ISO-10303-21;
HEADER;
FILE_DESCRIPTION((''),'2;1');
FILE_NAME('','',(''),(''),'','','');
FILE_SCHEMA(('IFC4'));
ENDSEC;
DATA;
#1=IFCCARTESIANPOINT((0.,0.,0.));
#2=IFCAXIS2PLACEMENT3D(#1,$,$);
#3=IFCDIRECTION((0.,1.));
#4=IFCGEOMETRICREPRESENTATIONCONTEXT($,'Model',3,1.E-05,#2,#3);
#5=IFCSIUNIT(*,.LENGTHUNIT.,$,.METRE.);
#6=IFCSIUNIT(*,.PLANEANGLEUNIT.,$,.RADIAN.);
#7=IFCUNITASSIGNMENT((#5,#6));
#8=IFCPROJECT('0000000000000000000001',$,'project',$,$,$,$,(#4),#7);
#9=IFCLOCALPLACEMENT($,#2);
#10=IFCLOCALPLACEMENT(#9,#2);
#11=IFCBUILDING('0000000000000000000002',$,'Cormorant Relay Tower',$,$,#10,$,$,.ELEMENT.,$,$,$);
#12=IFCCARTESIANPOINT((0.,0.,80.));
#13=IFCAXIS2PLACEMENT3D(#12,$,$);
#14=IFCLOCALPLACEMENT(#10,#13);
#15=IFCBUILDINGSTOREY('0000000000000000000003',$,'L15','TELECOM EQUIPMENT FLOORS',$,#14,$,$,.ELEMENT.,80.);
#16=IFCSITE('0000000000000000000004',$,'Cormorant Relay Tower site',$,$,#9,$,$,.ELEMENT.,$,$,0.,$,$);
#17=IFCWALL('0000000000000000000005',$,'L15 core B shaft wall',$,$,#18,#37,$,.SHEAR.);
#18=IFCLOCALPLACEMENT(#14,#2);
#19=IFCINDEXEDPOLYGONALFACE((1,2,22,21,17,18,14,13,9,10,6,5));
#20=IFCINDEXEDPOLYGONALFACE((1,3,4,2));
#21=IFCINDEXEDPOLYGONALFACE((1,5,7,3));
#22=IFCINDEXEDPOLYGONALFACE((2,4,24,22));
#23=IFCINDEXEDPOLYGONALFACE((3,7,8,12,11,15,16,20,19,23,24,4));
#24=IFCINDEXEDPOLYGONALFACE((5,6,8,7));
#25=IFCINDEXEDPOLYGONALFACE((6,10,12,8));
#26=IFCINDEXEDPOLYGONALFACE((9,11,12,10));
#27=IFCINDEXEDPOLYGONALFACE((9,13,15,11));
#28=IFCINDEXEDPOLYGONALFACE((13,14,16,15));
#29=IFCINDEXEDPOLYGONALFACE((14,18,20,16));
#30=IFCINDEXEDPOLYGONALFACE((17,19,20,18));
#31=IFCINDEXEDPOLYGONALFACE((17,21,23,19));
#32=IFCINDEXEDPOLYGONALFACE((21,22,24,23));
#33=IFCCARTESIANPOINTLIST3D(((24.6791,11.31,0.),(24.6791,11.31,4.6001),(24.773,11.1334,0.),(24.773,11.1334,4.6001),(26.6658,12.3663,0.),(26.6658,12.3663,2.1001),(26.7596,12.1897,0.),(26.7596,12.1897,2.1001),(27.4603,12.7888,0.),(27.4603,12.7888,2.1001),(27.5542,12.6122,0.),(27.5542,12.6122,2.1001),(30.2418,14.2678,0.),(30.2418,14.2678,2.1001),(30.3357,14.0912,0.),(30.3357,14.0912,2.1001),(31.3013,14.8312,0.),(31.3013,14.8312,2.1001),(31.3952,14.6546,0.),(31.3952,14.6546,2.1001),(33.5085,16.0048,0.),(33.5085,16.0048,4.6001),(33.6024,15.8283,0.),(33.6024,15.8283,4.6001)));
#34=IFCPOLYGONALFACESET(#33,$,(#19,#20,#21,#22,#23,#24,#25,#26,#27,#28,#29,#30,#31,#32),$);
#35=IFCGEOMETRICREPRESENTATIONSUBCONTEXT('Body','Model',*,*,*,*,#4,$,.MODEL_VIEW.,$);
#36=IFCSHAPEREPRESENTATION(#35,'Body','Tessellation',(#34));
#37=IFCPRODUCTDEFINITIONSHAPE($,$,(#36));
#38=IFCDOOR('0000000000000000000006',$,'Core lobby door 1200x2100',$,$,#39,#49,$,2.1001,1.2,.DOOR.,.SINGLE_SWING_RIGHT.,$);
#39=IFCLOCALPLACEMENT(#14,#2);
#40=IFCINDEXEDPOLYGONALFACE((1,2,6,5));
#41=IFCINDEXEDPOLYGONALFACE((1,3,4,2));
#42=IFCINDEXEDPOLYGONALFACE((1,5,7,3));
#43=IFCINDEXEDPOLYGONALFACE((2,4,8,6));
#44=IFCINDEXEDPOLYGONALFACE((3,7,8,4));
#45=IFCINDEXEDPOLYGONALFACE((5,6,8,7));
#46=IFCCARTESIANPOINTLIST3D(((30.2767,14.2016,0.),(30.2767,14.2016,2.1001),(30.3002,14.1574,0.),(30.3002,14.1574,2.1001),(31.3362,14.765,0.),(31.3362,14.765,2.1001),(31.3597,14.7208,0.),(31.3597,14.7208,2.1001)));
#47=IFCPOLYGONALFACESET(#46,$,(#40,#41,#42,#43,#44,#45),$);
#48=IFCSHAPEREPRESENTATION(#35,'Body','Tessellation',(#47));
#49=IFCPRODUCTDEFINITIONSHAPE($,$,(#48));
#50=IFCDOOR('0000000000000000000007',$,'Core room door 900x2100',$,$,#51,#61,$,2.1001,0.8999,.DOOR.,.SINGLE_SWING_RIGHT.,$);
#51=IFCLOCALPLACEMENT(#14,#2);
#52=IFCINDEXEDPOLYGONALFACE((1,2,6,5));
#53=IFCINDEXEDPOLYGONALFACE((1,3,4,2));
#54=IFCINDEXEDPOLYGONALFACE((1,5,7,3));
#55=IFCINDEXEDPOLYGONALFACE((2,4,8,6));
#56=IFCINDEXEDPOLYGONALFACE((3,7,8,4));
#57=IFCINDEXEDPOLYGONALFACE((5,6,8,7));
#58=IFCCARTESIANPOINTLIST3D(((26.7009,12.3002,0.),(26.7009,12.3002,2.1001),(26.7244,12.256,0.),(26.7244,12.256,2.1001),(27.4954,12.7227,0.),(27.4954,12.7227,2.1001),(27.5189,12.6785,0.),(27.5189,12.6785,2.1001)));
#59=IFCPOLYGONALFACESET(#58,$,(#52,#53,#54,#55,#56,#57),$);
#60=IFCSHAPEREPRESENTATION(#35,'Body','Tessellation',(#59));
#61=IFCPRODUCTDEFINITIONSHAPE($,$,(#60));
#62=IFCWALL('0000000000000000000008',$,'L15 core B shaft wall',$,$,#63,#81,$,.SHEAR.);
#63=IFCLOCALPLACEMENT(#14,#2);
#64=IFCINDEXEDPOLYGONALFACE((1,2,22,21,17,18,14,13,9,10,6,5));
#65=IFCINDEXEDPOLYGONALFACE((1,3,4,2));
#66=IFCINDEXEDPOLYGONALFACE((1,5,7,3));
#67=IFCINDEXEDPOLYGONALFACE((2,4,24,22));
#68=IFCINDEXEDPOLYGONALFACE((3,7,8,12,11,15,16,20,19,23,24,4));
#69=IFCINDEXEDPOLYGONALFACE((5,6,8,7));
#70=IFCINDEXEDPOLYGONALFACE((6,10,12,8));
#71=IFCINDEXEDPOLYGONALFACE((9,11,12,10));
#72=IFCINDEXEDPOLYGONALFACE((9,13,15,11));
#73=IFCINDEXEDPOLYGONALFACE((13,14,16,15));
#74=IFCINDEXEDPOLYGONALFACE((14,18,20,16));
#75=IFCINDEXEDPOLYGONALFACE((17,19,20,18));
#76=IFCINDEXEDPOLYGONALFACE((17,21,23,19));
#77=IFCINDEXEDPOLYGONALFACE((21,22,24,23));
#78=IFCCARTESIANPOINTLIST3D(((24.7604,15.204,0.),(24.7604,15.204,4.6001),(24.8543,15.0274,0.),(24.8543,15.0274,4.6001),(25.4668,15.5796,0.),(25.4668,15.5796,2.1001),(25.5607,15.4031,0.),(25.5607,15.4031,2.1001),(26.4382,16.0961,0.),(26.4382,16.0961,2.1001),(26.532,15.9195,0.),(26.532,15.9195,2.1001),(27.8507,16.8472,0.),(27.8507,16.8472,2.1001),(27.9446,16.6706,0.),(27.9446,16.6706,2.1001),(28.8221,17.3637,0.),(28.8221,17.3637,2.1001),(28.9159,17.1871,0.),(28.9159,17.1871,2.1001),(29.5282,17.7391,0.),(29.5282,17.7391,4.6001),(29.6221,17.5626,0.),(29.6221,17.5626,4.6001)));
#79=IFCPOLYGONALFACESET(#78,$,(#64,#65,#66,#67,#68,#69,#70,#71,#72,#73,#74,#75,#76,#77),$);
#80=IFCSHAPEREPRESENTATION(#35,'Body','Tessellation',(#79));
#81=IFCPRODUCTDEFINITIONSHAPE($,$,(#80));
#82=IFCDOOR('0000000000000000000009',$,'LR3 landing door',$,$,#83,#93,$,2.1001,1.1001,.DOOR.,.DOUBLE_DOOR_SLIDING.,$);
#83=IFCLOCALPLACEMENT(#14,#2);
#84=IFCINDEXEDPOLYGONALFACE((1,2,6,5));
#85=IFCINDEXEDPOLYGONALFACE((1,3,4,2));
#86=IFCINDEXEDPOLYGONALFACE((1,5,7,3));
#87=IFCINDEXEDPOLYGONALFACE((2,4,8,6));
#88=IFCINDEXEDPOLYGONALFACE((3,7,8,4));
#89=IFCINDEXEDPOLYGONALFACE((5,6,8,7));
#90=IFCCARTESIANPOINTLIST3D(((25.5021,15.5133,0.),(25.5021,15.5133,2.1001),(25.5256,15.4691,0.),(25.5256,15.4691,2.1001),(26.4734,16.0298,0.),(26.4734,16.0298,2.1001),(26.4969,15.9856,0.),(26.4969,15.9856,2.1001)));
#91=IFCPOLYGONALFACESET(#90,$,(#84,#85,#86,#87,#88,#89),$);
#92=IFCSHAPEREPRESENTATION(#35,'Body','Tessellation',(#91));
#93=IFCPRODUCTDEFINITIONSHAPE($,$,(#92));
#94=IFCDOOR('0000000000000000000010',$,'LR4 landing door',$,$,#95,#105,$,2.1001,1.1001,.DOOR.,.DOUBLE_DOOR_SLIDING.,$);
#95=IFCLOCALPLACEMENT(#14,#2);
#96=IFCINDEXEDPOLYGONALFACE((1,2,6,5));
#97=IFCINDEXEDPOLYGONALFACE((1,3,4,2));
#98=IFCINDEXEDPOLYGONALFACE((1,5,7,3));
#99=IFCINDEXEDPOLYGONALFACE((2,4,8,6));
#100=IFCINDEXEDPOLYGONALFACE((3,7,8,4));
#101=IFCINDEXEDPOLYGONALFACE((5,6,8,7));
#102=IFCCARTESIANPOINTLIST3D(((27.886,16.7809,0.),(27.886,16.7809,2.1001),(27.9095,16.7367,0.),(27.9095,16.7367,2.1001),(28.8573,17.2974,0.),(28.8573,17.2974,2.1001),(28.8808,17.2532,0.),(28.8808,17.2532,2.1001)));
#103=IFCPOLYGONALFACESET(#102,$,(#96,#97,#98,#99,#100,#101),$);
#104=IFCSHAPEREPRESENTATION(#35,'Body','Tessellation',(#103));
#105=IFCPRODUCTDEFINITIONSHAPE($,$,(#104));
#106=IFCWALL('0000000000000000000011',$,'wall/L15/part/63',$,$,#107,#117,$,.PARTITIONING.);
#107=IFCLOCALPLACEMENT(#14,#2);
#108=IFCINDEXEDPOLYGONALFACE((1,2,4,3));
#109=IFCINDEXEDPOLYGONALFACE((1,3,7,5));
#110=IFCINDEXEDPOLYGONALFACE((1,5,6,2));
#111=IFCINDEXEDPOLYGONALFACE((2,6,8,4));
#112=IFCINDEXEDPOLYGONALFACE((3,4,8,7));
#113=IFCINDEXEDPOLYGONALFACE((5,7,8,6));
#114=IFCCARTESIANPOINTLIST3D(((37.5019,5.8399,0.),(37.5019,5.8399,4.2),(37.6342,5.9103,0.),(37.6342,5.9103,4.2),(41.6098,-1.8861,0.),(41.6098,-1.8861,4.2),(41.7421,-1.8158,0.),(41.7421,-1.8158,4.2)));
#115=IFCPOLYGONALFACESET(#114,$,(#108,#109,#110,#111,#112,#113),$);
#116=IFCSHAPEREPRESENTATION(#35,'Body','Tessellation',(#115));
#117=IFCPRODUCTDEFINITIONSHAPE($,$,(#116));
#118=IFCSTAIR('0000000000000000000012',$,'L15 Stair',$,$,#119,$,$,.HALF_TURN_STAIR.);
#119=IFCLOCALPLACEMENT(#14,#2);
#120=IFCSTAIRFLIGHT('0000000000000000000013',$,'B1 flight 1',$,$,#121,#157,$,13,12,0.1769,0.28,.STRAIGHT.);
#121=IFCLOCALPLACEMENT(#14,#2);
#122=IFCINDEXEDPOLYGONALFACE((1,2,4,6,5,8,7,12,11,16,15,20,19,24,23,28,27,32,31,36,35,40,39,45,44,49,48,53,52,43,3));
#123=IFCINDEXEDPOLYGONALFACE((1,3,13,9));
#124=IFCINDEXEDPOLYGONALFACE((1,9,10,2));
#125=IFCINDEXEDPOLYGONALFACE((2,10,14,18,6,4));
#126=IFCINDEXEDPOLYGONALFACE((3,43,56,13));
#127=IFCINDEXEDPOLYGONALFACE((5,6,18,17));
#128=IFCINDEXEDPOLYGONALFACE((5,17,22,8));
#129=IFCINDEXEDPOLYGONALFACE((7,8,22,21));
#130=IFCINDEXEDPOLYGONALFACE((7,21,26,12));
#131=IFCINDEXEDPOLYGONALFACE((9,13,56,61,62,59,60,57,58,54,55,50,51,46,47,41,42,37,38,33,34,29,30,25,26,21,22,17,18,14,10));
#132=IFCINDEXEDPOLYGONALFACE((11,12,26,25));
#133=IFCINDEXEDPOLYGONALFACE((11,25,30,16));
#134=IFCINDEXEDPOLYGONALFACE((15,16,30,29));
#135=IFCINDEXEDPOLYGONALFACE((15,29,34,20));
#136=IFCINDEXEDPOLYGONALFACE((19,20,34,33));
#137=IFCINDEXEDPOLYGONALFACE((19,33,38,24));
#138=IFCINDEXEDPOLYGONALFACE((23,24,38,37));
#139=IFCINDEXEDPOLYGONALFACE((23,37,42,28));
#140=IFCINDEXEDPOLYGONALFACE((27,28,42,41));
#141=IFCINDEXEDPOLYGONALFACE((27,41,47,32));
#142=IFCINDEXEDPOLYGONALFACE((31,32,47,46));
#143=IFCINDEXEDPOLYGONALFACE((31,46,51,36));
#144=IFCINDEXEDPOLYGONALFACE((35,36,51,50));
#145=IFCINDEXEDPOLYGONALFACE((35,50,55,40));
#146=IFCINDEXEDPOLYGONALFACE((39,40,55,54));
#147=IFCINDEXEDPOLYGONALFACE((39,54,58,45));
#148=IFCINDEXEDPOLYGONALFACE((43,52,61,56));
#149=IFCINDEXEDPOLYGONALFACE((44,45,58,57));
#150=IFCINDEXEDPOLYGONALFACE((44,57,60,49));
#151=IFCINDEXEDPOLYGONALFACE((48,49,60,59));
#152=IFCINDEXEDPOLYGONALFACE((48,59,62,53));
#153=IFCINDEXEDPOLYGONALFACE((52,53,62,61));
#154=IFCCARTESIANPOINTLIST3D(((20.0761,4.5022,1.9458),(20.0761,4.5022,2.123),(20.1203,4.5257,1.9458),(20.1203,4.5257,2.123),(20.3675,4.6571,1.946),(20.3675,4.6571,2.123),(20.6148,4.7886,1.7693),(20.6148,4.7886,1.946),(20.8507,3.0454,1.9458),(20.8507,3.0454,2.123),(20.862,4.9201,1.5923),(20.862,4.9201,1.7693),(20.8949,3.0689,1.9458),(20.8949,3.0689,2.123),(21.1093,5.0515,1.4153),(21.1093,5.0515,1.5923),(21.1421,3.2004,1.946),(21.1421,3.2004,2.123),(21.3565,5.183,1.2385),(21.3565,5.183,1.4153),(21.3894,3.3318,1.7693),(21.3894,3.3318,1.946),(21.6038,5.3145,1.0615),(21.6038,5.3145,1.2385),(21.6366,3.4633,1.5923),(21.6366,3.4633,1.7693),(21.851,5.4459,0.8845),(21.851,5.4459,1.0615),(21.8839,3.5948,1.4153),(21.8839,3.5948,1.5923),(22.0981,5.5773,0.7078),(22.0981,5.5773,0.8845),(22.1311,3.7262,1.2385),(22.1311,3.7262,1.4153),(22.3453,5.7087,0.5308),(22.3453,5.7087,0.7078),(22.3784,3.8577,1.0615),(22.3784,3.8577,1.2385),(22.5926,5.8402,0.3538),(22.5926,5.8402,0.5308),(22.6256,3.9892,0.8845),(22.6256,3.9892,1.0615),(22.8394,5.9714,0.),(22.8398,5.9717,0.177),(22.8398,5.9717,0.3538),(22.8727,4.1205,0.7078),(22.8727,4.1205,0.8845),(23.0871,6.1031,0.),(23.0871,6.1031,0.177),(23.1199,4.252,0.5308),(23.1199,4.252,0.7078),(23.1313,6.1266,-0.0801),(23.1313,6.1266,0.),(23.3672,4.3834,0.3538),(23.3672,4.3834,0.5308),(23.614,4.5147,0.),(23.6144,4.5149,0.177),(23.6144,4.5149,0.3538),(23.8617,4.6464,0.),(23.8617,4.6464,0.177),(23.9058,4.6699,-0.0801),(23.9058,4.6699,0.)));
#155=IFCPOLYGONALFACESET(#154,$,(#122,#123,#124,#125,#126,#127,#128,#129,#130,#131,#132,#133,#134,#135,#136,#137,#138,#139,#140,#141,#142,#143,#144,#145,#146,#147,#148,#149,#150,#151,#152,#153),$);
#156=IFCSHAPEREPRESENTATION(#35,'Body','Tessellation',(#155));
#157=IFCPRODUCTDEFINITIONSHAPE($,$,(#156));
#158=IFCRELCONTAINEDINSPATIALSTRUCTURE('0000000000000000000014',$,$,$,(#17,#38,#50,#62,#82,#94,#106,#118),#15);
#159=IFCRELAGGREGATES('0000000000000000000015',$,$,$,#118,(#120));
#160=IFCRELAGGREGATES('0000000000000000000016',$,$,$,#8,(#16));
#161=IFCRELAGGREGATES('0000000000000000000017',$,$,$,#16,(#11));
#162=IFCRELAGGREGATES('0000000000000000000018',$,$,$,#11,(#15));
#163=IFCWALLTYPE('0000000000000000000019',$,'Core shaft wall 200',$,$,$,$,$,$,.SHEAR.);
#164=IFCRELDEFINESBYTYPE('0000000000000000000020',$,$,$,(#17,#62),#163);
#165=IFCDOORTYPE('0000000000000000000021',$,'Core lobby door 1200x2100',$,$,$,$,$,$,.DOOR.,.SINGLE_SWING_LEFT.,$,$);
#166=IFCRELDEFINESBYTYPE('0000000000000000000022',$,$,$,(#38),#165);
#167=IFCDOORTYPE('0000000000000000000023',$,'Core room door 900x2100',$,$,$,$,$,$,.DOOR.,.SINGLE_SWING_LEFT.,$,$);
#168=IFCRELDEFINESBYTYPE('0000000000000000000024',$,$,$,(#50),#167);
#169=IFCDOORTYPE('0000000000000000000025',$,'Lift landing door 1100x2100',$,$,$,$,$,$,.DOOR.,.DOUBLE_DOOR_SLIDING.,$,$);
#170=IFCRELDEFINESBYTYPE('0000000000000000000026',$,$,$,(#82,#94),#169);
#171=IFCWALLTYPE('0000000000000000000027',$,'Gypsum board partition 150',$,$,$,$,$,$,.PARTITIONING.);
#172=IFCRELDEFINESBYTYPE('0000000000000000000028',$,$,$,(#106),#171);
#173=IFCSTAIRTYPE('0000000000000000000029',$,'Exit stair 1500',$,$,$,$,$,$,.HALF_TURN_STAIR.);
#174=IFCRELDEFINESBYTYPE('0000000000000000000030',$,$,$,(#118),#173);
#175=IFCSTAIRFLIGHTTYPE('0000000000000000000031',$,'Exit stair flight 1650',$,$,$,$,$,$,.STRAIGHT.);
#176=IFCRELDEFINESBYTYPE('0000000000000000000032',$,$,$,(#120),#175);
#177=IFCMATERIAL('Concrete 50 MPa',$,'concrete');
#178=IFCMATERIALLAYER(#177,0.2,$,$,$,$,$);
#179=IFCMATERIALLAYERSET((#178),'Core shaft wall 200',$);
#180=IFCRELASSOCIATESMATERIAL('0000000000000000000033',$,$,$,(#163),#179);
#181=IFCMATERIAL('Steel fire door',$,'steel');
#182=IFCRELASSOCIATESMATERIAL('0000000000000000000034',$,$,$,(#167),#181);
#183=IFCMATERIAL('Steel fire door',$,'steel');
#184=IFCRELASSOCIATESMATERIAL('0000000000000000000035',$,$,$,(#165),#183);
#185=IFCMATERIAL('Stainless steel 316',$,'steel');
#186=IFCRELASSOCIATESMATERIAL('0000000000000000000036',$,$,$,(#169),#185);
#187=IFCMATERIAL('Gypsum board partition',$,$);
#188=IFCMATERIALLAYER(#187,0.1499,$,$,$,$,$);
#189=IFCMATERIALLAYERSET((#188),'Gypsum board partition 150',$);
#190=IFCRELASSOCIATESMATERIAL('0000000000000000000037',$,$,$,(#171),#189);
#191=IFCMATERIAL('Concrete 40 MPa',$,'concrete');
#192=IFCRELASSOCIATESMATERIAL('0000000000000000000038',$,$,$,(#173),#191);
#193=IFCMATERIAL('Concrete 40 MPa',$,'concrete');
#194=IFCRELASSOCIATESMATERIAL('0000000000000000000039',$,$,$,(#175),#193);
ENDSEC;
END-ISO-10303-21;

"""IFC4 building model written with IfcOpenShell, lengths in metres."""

from ifc_helpers import new_model, si_unit, direction, frame, frame_2d, origin, place, context, subcontext, project, spatial, polyline, rectangle, outline, extrude, material, layer, layer_set, type_object, element, fill, aggregate, save


model = new_model("IFC4")

# Units and contexts
model_context = context("Model", 3, precision=1e-05, world=origin(), true_north=direction((0.0, 1.0)))
body_context = subcontext(model_context, "Body", "Model", "MODEL_VIEW")
ifc_project = project(units=[si_unit("LENGTHUNIT", "METRE"), si_unit("PLANEANGLEUNIT", "RADIAN")], contexts=[model_context])

# Site, building, storey
site_placement = place(None, origin())
site = spatial("IfcSite", under=ifc_project, at=site_placement, Name="Cormorant Relay Tower site", CompositionType="ELEMENT", RefElevation=0.0)
building_placement = place(site_placement, origin())
building = spatial("IfcBuilding", under=site, at=building_placement, Name="Cormorant Relay Tower", CompositionType="ELEMENT")
storey_placement = place(building_placement, frame((0.0, 0.0, 80.0)))
storey = spatial("IfcBuildingStorey", under=building, at=storey_placement, Name="L15", Description="TELECOM EQUIPMENT FLOORS", CompositionType="ELEMENT", Elevation=80.0)

# Shared definitions
ifc_material_1 = material(Name="Concrete 50 MPa", Category="concrete")
ifc_layer_1 = layer(ifc_material_1, 0.2)
ifc_layer_set_1 = layer_set([ifc_layer_1], Name="Core shaft wall 200")
wall_type_1 = type_object("IfcWallType", Name="Core shaft wall 200", PredefinedType="SHEAR", material=ifc_layer_set_1)
ifc_material_2 = material(Name="Steel fire door", Category="steel")
door_type_1 = type_object("IfcDoorType", Name="Core room door 900x2100", OperationType="SINGLE_SWING_LEFT", PredefinedType="DOOR", material=ifc_material_2)

# Walls, openings, doors
wall_1_placement = place(storey_placement, frame((24.7261, 11.2217, 0.0), z_axis=(0.0, 0.0, 1.0), x_axis=(0.88294, 0.469485, 0.0)))
wall_1 = element("IfcWall", 1, at=wall_1_placement, inside=storey, type_object=wall_type_1, Name="L15 core B shaft wall", PredefinedType="SHEAR", context=body_context, shape_type="SweptSolid", body=[
    extrude(rectangle(XDim=10.0, YDim=0.2, at=frame_2d((5.0, 0.0))), origin(), (0.0, 0.0, 1.0), 4.6001),
])
opening_1_placement = place(wall_1_placement, frame((6.3, 0.0, 0.0)))
opening_1 = element("IfcOpeningElement", 2, at=opening_1_placement, cuts=wall_1, PredefinedType="OPENING", context=body_context, shape_type="SweptSolid", body=[
    extrude(rectangle(XDim=1.2, YDim=2.1001, at=frame_2d((0.6001, 1.05))), frame((0.0, 0.1099, 0.0), z_axis=(0.0, -1.0, 0.0), x_axis=(1.0, 0.0, 0.0)), (0.0, 0.0, 1.0), 0.22),
])
opening_2_placement = place(wall_1_placement, frame((2.25, 0.0, 0.0)))
opening_2 = element("IfcOpeningElement", 3, at=opening_2_placement, cuts=wall_1, PredefinedType="OPENING", context=body_context, shape_type="SweptSolid", body=[
    extrude(rectangle(XDim=0.8999, YDim=2.1001, at=frame_2d((0.45, 1.05))), frame((0.0, 0.1099, 0.0), z_axis=(0.0, -1.0, 0.0), x_axis=(1.0, 0.0, 0.0)), (0.0, 0.0, 1.0), 0.22),
])
ifc_material_3 = material(Name="Steel fire door", Category="steel")
door_type_2 = type_object("IfcDoorType", Name="Core lobby door 1200x2100", OperationType="SINGLE_SWING_LEFT", PredefinedType="DOOR", material=ifc_material_3)
door_1_placement = place(opening_1_placement, frame((1.2, 0.0, 0.0), z_axis=(0.0, 0.0, 1.0), x_axis=(-1.0, 0.0, 0.0)))
door_1 = element("IfcDoor", 4, at=door_1_placement, inside=storey, type_object=door_type_2, Name="Core lobby door 1200x2100", OperationType="SINGLE_SWING_RIGHT", OverallHeight=2.1001, OverallWidth=1.2, PredefinedType="DOOR", context=body_context, shape_type="SweptSolid", body=[
    extrude(rectangle(XDim=1.2, YDim=2.1001, at=frame_2d((0.6001, 1.05))), frame((0.0, 0.0249, 0.0), z_axis=(0.0, -1.0, 0.0), x_axis=(1.0, 0.0, 0.0)), (0.0, 0.0, 1.0), 0.05),
])
fill(opening_1, door_1)
door_2_placement = place(opening_2_placement, frame((0.8999, 0.0, 0.0), z_axis=(0.0, 0.0, 1.0), x_axis=(-1.0, 0.0, 0.0)))
door_2 = element("IfcDoor", 5, at=door_2_placement, inside=storey, type_object=door_type_1, Name="Core room door 900x2100", OperationType="SINGLE_SWING_RIGHT", OverallHeight=2.1001, OverallWidth=0.8999, PredefinedType="DOOR", context=body_context, shape_type="SweptSolid", body=[
    extrude(rectangle(XDim=0.8999, YDim=2.1001, at=frame_2d((0.45, 1.05))), frame((0.0, 0.0249, 0.0), z_axis=(0.0, -1.0, 0.0), x_axis=(1.0, 0.0, 0.0)), (0.0, 0.0, 1.0), 0.05),
])
fill(opening_2, door_2)
wall_2_placement = place(storey_placement, frame((24.8074, 15.1157, 0.0), z_axis=(0.0, 0.0, 1.0), x_axis=(0.882943, 0.46948, 0.0)))
wall_2 = element("IfcWall", 6, at=wall_2_placement, inside=storey, type_object=wall_type_1, Name="L15 core B shaft wall", PredefinedType="SHEAR", context=body_context, shape_type="SweptSolid", body=[
    extrude(rectangle(XDim=5.3999, YDim=0.2, at=frame_2d((2.7, 0.0))), origin(), (0.0, 0.0, 1.0), 4.6001),
])
opening_3_placement = place(wall_2_placement, frame((0.8, 0.0, 0.0)))
opening_3 = element("IfcOpeningElement", 7, at=opening_3_placement, cuts=wall_2, PredefinedType="OPENING", context=body_context, shape_type="SweptSolid", body=[
    extrude(rectangle(XDim=1.1001, YDim=2.1001, at=frame_2d((0.55, 1.05))), frame((0.0, 0.1099, 0.0), z_axis=(0.0, -1.0, 0.0), x_axis=(1.0, 0.0, 0.0)), (0.0, 0.0, 1.0), 0.22),
])
opening_4_placement = place(wall_2_placement, frame((3.5, 0.0, 0.0)))
opening_4 = element("IfcOpeningElement", 8, at=opening_4_placement, cuts=wall_2, PredefinedType="OPENING", context=body_context, shape_type="SweptSolid", body=[
    extrude(rectangle(XDim=1.1001, YDim=2.1001, at=frame_2d((0.55, 1.05))), frame((0.0, 0.1099, 0.0), z_axis=(0.0, -1.0, 0.0), x_axis=(1.0, 0.0, 0.0)), (0.0, 0.0, 1.0), 0.22),
])
ifc_material_4 = material(Name="Stainless steel 316", Category="steel")
door_type_3 = type_object("IfcDoorType", Name="Lift landing door 1100x2100", OperationType="DOUBLE_DOOR_SLIDING", PredefinedType="DOOR", material=ifc_material_4)
door_3_placement = place(opening_3_placement, origin())
door_3 = element("IfcDoor", 9, at=door_3_placement, inside=storey, type_object=door_type_3, Name="LR3 landing door", OperationType="DOUBLE_DOOR_SLIDING", OverallHeight=2.1001, OverallWidth=1.1001, PredefinedType="DOOR", context=body_context, shape_type="SweptSolid", body=[
    extrude(rectangle(XDim=1.1001, YDim=2.1001, at=frame_2d((0.55, 1.05))), frame((0.0, 0.0249, 0.0), z_axis=(0.0, -1.0, 0.0), x_axis=(1.0, 0.0, 0.0)), (0.0, 0.0, 1.0), 0.05),
])
fill(opening_3, door_3)
door_4_placement = place(opening_4_placement, origin())
door_4 = element("IfcDoor", 10, at=door_4_placement, inside=storey, type_object=door_type_3, Name="LR4 landing door", OperationType="DOUBLE_DOOR_SLIDING", OverallHeight=2.1001, OverallWidth=1.1001, PredefinedType="DOOR", context=body_context, shape_type="SweptSolid", body=[
    extrude(rectangle(XDim=1.1001, YDim=2.1001, at=frame_2d((0.55, 1.05))), frame((0.0, 0.0249, 0.0), z_axis=(0.0, -1.0, 0.0), x_axis=(1.0, 0.0, 0.0)), (0.0, 0.0, 1.0), 0.05),
])
fill(opening_4, door_4)

# Wall
ifc_material_5 = material(Name="Gypsum board partition")
ifc_layer_2 = layer(ifc_material_5, 0.1499)
ifc_layer_set_2 = layer_set([ifc_layer_2], Name="Gypsum board partition 150")
wall_type_2 = type_object("IfcWallType", Name="Gypsum board partition 150", PredefinedType="PARTITIONING", material=ifc_layer_set_2)
wall_3_placement = place(storey_placement, frame((37.5681, 5.875, 0.0), z_axis=(0.0, 0.0, 1.0), x_axis=(0.469461, -0.882953, 0.0)))
element("IfcWall", 11, at=wall_3_placement, inside=storey, type_object=wall_type_2, Name="wall/L15/part/63", PredefinedType="PARTITIONING", context=body_context, shape_type="SweptSolid", body=[
    extrude(rectangle(XDim=8.7502, YDim=0.1499, at=frame_2d((4.375, 0.0))), origin(), (0.0, 0.0, 1.0), 4.2),
])

# Stair, stair flight
ifc_material_6 = material(Name="Concrete 40 MPa", Category="concrete")
stair_type = type_object("IfcStairType", Name="Exit stair 1500", PredefinedType="HALF_TURN_STAIR", material=ifc_material_6)
stair_placement = place(storey_placement, origin())
stair = element("IfcStair", 12, at=stair_placement, inside=storey, type_object=stair_type, Name="L15 Stair", PredefinedType="HALF_TURN_STAIR")
ifc_material_7 = material(Name="Concrete 40 MPa", Category="concrete")
stair_flight_type = type_object("IfcStairFlightType", Name="Exit stair flight 1650", PredefinedType="STRAIGHT", material=ifc_material_7)
stair_flight_placement = place(storey_placement, frame((23.4744, 5.3748, 0.0), z_axis=(0.0, 0.0, 1.0), x_axis=(-0.882948, -0.469472, 0.0)))
stair_flight = element("IfcStairFlight", 13, at=stair_flight_placement, type_object=stair_flight_type, Name="B1 flight 1", NumberOfRisers=13, NumberOfTreads=12, PredefinedType="STRAIGHT", RiserHeight=0.1769, TreadLength=0.28, context=body_context, shape_type="SweptSolid", body=[
    extrude(outline(polyline([(-0.05, -0.0801), (-0.05, 0.0), (0.0, 0.0), (0.0, 0.177), (0.28, 0.177), (0.28, 0.3538), (0.5601, 0.3538), (0.5601, 0.5308), (0.8401, 0.5308), (0.8401, 0.7078), (1.1201, 0.7078), (1.1201, 0.8845), (1.3999, 0.8845), (1.3999, 1.0615), (1.6799, 1.0615), (1.6799, 1.2385), (1.96, 1.2385), (1.96, 1.4153), (2.24, 1.4153), (2.24, 1.5923), (2.52, 1.5923), (2.52, 1.7693), (2.8, 1.7693), (2.8, 1.946), (3.0801, 1.946), (3.0801, 2.123), (3.3601, 2.123), (3.4102, 2.123), (3.4102, 1.9458), (3.3601, 1.9458), (0.2805, 0.0), (-0.05, -0.0801)])), frame((0.0, 0.825, 0.0), z_axis=(0.0, -1.0, 0.0), x_axis=(1.0, 0.0, 0.0)), (0.0, 0.0, 1.0), 1.6499),
])
aggregate(stair, [stair_flight])

save(model, "model.ifc")
